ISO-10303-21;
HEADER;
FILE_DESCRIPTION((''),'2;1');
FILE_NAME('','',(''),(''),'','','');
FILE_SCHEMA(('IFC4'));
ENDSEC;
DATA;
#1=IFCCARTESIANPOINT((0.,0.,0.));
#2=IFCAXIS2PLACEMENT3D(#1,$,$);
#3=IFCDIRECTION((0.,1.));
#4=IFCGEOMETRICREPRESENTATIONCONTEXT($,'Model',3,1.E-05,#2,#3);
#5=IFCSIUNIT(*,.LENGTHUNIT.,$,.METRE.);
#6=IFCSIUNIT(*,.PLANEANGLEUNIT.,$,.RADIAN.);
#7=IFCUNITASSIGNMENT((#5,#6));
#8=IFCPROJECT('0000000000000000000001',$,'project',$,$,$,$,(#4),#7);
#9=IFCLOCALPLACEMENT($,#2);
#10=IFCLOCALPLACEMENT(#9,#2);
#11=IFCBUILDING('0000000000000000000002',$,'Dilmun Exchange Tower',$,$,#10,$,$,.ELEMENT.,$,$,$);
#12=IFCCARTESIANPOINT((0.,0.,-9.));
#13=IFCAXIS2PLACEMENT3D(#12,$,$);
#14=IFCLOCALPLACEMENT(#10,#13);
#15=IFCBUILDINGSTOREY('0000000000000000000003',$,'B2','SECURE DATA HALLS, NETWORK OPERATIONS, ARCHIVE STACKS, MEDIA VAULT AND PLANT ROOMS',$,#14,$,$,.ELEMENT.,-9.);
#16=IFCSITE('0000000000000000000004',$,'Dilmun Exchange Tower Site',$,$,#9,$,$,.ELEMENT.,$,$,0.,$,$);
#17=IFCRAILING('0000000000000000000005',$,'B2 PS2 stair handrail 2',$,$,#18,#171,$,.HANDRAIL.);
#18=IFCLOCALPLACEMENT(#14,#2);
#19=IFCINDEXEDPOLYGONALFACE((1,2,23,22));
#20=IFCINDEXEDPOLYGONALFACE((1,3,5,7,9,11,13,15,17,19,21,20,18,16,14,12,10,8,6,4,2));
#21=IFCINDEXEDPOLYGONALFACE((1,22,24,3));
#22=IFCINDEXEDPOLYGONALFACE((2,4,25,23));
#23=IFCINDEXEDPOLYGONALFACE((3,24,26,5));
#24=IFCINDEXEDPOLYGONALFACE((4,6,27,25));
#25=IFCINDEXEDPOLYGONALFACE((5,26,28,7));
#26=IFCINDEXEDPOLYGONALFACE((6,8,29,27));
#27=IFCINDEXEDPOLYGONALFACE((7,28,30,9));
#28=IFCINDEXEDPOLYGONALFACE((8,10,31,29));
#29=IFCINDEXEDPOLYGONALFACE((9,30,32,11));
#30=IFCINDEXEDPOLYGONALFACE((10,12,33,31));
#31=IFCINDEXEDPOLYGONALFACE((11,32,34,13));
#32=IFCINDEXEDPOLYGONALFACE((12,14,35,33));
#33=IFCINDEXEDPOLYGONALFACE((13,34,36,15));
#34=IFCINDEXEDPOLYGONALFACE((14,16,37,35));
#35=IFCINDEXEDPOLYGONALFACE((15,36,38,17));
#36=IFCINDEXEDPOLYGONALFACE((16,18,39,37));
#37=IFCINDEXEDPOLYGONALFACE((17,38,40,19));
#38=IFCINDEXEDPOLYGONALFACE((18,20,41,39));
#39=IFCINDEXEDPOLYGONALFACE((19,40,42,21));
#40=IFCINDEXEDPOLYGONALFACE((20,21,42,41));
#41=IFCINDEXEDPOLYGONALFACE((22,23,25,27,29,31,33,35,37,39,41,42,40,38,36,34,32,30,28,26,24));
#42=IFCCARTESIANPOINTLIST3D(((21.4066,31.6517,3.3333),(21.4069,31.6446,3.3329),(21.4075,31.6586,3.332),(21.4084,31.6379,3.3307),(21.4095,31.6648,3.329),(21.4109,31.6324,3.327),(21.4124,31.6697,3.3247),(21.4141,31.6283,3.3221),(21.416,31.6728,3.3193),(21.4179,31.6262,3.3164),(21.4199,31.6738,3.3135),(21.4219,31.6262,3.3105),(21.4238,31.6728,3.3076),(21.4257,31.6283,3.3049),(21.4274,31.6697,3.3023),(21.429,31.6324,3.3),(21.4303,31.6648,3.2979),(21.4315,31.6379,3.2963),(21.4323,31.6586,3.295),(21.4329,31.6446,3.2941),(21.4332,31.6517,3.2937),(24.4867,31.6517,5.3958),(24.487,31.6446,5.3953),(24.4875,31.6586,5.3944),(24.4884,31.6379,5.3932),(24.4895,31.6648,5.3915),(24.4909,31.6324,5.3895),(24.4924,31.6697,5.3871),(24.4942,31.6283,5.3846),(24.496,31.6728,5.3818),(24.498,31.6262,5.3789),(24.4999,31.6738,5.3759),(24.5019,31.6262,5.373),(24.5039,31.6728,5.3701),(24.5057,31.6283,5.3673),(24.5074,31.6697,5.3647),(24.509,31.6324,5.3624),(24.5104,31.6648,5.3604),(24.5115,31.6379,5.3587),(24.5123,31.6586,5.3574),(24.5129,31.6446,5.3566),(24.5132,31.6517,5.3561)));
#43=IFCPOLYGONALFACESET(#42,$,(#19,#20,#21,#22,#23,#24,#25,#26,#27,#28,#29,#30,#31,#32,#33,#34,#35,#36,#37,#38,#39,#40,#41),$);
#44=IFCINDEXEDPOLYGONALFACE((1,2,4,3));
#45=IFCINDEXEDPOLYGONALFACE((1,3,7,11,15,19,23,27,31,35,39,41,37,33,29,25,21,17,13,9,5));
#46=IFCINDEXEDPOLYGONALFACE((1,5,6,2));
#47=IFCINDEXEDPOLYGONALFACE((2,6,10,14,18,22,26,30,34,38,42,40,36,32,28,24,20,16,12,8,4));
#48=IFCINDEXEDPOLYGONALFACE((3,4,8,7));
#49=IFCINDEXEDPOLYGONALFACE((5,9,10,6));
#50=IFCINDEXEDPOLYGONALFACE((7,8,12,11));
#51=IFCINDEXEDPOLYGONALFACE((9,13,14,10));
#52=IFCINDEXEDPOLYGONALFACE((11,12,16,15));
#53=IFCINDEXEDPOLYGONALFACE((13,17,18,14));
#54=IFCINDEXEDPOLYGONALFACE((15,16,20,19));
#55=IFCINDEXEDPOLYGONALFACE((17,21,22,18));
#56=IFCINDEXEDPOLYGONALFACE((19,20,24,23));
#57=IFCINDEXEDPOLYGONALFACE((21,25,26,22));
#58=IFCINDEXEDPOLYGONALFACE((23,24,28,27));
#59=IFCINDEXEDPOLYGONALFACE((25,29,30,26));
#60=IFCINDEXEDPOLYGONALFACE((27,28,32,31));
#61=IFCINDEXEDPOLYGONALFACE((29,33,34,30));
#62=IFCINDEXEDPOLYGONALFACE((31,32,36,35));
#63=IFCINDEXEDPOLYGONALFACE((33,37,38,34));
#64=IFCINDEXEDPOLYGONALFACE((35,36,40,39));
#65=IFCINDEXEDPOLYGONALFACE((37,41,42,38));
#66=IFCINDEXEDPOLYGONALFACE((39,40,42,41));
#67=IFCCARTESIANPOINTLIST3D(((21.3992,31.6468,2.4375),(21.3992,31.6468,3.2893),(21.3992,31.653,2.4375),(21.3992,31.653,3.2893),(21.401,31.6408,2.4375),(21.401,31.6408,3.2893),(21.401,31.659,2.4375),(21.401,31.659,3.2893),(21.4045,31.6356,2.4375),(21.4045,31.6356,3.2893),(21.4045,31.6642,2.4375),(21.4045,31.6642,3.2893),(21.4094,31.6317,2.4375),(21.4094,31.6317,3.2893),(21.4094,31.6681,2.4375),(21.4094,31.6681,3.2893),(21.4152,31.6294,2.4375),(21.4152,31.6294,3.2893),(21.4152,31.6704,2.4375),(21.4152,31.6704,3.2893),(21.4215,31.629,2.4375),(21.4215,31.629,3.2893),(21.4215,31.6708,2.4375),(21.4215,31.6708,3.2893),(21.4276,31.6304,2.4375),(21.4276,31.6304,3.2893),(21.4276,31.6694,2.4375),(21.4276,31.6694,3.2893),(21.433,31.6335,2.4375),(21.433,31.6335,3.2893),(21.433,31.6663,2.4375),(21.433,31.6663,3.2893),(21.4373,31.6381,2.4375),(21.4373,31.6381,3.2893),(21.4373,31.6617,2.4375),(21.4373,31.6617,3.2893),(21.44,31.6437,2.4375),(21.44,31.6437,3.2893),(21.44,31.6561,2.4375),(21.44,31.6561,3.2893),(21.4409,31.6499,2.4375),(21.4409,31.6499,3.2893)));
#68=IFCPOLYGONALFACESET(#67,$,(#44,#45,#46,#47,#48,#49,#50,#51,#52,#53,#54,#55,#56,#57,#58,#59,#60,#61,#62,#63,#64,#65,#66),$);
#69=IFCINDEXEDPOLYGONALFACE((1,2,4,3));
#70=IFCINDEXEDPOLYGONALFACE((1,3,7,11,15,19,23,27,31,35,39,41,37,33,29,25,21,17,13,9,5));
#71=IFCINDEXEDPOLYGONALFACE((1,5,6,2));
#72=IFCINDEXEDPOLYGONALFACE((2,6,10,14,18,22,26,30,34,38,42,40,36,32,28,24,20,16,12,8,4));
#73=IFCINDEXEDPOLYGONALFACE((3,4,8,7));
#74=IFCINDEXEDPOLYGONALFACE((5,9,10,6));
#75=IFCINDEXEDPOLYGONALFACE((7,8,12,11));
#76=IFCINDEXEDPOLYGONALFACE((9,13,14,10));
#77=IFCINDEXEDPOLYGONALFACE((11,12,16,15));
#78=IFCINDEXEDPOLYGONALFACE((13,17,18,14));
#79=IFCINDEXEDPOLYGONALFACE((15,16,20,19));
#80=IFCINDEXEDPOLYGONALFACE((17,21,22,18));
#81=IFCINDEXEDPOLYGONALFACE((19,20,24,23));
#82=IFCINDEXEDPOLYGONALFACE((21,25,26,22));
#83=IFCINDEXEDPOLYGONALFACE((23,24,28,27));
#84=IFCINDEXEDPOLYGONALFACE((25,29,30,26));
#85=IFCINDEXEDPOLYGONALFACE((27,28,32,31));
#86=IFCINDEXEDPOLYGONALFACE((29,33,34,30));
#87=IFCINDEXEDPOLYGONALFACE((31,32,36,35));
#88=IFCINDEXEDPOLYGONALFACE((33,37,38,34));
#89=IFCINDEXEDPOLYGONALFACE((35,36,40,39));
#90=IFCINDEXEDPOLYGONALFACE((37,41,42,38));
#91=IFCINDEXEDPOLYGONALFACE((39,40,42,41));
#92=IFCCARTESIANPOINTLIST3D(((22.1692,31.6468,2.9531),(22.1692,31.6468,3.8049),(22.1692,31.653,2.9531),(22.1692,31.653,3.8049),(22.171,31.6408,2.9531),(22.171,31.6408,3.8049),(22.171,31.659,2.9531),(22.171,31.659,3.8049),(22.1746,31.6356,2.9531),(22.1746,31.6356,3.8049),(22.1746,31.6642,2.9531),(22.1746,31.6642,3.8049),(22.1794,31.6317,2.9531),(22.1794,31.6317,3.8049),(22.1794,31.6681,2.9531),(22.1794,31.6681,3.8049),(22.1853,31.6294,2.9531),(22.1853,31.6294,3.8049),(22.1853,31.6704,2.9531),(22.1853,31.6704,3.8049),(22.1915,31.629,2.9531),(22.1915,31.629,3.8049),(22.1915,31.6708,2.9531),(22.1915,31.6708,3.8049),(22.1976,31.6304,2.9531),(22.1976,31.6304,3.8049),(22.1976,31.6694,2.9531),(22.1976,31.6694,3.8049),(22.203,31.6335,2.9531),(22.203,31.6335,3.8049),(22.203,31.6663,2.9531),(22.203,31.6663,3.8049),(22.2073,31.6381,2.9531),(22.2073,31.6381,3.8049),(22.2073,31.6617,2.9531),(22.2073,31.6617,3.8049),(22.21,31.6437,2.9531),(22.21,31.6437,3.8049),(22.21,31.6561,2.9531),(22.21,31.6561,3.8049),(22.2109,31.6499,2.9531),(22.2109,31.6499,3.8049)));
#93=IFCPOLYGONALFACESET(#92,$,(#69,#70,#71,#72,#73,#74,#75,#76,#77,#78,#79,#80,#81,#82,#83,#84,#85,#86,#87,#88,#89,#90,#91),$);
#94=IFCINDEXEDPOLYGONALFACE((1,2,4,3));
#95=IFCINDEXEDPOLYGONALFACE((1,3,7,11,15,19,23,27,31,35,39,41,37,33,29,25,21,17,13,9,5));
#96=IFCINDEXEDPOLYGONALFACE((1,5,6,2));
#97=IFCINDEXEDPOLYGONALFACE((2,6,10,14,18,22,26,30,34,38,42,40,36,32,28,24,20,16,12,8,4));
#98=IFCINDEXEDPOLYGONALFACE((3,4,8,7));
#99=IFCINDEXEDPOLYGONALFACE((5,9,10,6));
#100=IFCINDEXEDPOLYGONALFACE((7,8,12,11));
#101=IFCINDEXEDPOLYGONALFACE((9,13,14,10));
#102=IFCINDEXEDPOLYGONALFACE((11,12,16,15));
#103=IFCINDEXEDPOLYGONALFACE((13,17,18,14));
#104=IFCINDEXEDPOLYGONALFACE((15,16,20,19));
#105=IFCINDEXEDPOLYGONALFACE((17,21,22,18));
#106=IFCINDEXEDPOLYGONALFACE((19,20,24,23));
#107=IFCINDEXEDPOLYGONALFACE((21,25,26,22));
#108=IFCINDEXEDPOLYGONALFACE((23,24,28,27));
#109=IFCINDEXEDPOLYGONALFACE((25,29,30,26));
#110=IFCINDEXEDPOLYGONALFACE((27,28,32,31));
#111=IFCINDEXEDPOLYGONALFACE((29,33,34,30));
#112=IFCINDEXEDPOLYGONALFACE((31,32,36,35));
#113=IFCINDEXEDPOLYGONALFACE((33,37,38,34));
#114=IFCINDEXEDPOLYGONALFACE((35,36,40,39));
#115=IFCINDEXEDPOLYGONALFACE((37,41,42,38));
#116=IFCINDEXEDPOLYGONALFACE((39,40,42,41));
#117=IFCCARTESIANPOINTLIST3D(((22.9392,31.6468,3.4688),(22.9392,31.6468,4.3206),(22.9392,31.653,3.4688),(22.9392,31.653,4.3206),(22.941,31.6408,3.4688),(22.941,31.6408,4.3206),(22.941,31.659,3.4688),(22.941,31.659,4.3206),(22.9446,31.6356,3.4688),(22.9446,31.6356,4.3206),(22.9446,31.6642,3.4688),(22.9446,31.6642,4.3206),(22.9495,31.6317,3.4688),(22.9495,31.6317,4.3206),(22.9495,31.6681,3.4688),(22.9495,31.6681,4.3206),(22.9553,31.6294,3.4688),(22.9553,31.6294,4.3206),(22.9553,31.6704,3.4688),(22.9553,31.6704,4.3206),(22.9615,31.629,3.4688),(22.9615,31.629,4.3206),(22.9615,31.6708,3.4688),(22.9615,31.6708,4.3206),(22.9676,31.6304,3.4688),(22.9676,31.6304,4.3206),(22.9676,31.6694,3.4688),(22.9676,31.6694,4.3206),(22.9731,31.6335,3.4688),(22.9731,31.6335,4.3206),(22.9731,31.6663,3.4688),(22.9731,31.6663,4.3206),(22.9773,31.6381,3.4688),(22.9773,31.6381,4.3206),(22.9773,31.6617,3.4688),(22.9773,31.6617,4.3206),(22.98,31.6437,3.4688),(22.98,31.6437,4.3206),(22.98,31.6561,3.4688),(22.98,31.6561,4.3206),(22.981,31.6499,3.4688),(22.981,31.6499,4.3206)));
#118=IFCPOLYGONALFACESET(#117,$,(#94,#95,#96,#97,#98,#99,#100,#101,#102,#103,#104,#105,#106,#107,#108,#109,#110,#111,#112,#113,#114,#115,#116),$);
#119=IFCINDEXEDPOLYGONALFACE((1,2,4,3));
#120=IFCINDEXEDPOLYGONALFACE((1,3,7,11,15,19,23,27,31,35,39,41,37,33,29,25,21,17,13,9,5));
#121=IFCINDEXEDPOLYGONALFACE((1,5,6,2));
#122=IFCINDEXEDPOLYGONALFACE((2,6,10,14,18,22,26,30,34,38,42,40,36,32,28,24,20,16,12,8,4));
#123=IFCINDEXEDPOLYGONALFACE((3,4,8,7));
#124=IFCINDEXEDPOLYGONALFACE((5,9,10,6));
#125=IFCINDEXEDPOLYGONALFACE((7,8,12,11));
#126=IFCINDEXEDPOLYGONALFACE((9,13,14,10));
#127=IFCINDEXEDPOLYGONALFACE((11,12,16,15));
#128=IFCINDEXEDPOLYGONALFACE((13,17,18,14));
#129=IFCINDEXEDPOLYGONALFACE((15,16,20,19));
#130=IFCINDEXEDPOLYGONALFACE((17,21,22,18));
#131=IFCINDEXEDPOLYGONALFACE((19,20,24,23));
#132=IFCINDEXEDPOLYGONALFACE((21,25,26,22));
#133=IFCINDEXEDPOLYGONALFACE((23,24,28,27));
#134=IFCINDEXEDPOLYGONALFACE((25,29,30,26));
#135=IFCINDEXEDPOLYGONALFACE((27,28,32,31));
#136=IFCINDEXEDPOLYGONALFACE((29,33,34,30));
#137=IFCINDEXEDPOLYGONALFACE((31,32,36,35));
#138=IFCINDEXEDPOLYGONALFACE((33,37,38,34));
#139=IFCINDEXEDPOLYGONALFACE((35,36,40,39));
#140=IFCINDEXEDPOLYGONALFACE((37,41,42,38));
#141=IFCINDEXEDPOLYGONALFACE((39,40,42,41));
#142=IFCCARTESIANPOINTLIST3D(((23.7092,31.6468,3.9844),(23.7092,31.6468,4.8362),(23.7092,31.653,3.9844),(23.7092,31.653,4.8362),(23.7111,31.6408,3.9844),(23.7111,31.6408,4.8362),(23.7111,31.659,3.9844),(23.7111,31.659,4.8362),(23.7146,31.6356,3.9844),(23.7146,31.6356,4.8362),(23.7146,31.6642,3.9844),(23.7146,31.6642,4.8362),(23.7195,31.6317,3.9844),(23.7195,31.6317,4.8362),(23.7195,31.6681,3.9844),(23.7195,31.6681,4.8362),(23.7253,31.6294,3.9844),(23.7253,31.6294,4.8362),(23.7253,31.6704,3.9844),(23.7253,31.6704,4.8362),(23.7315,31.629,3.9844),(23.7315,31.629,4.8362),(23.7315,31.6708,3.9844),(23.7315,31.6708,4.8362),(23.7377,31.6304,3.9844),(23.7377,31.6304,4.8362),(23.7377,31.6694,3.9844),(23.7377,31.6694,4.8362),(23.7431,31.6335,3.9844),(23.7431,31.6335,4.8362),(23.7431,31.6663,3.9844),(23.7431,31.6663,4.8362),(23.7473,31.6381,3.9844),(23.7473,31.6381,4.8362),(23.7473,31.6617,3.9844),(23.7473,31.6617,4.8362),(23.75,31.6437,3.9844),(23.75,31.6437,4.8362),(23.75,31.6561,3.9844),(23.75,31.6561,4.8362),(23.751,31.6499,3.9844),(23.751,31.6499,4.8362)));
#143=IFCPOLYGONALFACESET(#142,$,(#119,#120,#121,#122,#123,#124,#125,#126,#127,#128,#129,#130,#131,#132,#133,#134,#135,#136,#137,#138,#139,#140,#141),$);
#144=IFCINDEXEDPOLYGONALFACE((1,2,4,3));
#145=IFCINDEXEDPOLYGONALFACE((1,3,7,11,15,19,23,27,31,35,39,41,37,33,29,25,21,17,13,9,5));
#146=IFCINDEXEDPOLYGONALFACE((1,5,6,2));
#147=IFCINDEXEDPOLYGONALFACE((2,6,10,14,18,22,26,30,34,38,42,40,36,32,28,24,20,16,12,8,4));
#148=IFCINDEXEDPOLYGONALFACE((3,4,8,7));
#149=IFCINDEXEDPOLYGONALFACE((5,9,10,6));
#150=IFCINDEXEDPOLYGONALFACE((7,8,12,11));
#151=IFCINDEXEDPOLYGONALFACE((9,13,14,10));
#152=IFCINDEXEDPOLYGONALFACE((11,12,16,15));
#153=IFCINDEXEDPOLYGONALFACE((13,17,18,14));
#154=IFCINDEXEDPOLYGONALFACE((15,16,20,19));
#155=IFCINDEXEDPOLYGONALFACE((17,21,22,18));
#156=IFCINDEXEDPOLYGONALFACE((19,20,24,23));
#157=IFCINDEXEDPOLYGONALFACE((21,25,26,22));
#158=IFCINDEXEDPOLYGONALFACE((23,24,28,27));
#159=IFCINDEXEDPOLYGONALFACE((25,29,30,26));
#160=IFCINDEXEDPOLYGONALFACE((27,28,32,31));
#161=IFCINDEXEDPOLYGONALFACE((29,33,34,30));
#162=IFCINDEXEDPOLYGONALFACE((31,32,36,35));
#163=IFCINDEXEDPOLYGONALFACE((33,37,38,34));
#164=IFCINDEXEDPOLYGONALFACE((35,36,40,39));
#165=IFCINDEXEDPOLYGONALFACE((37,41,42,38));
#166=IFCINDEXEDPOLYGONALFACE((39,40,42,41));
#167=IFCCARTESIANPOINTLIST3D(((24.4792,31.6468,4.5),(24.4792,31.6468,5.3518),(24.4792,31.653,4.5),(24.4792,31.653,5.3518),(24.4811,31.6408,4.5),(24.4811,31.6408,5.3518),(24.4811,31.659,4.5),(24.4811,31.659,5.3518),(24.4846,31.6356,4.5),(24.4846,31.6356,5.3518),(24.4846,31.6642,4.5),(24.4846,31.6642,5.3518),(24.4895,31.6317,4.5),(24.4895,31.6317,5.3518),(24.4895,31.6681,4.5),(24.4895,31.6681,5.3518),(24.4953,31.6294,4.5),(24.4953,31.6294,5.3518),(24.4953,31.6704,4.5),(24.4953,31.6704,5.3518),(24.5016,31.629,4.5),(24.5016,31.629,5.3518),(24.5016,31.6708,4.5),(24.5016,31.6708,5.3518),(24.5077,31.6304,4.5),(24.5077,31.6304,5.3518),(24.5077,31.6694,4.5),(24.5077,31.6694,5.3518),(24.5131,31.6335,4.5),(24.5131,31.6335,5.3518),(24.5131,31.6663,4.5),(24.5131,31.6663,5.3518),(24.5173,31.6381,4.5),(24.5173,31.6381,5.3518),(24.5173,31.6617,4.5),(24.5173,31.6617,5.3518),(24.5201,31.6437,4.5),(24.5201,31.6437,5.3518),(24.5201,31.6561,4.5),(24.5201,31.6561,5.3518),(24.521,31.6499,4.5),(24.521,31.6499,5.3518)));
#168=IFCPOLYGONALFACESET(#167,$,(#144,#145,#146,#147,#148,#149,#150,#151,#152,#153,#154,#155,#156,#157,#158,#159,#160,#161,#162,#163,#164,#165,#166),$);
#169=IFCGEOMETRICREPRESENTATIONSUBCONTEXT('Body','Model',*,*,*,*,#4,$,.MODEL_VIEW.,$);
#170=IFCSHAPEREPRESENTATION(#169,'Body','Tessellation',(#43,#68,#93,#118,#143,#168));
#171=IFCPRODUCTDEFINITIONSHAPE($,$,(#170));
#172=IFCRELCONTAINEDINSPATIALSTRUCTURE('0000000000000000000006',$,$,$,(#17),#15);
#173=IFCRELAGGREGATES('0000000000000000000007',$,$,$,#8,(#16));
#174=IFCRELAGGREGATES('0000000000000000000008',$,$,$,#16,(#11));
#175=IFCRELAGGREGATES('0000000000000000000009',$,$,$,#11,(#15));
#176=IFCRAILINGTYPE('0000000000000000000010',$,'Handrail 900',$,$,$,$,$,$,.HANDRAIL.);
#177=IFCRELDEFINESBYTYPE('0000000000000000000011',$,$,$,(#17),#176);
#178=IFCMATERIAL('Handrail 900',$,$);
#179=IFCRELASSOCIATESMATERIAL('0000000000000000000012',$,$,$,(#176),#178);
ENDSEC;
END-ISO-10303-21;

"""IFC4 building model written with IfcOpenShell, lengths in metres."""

from ifc_helpers import new_model, si_unit, direction, frame, origin, origin_2d, place, context, subcontext, project, spatial, circle, extrude, material, type_object, element, save


model = new_model("IFC4")

# Units and contexts
model_context = context("Model", 3, precision=1e-05, world=origin(), true_north=direction((0.0, 1.0)))
body_context = subcontext(model_context, "Body", "Model", "MODEL_VIEW")
ifc_project = project(units=[si_unit("LENGTHUNIT", "METRE"), si_unit("PLANEANGLEUNIT", "RADIAN")], contexts=[model_context])

# Site, building, storey
site_placement = place(None, origin())
site = spatial("IfcSite", under=ifc_project, at=site_placement, Name="Dilmun Exchange Tower Site", CompositionType="ELEMENT", RefElevation=0.0)
building_placement = place(site_placement, origin())
building = spatial("IfcBuilding", under=site, at=building_placement, Name="Dilmun Exchange Tower", CompositionType="ELEMENT")
storey_placement = place(building_placement, frame((0.0, 0.0, -9.0)))
storey = spatial("IfcBuildingStorey", under=building, at=storey_placement, Name="B2", Description="SECURE DATA HALLS, NETWORK OPERATIONS, ARCHIVE STACKS, MEDIA VAULT AND PLANT ROOMS", CompositionType="ELEMENT", Elevation=-9.0)

# Railing
ifc_material_1 = material(Name="Handrail 900")
railing_type_1 = type_object("IfcRailingType", Name="Handrail 900", PredefinedType="HANDRAIL", material=ifc_material_1)
railing_1_placement = place(storey_placement, frame((21.4199, 31.6499, 2.4375)))
element("IfcRailing", 1, at=railing_1_placement, inside=storey, type_object=railing_type_1, Name="B2 PS2 stair handrail 2", PredefinedType="HANDRAIL", context=body_context, shape_type="SweptSolid", body=[
    extrude(circle(Radius=0.0239, at=origin_2d()), frame((0.0, 0.0, 0.876), z_axis=(0.830914, 0.0, 0.556401), x_axis=(0.0, 1.0, 0.0)), (0.0, 0.0, 1.0), 3.7068),
    extrude(circle(Radius=0.021, at=origin_2d()), origin(), (0.0, 0.0, 1.0), 0.8518),
    extrude(circle(Radius=0.021, at=origin_2d()), frame((0.77, 0.0, 0.5156)), (0.0, 0.0, 1.0), 0.8518),
    extrude(circle(Radius=0.021, at=origin_2d()), frame((1.54, 0.0, 1.0312)), (0.0, 0.0, 1.0), 0.8518),
    extrude(circle(Radius=0.021, at=origin_2d()), frame((2.3101, 0.0, 1.5469)), (0.0, 0.0, 1.0), 0.8518),
    extrude(circle(Radius=0.021, at=origin_2d()), frame((3.0801, 0.0, 2.0625)), (0.0, 0.0, 1.0), 0.8518),
])

save(model, "model.ifc")
